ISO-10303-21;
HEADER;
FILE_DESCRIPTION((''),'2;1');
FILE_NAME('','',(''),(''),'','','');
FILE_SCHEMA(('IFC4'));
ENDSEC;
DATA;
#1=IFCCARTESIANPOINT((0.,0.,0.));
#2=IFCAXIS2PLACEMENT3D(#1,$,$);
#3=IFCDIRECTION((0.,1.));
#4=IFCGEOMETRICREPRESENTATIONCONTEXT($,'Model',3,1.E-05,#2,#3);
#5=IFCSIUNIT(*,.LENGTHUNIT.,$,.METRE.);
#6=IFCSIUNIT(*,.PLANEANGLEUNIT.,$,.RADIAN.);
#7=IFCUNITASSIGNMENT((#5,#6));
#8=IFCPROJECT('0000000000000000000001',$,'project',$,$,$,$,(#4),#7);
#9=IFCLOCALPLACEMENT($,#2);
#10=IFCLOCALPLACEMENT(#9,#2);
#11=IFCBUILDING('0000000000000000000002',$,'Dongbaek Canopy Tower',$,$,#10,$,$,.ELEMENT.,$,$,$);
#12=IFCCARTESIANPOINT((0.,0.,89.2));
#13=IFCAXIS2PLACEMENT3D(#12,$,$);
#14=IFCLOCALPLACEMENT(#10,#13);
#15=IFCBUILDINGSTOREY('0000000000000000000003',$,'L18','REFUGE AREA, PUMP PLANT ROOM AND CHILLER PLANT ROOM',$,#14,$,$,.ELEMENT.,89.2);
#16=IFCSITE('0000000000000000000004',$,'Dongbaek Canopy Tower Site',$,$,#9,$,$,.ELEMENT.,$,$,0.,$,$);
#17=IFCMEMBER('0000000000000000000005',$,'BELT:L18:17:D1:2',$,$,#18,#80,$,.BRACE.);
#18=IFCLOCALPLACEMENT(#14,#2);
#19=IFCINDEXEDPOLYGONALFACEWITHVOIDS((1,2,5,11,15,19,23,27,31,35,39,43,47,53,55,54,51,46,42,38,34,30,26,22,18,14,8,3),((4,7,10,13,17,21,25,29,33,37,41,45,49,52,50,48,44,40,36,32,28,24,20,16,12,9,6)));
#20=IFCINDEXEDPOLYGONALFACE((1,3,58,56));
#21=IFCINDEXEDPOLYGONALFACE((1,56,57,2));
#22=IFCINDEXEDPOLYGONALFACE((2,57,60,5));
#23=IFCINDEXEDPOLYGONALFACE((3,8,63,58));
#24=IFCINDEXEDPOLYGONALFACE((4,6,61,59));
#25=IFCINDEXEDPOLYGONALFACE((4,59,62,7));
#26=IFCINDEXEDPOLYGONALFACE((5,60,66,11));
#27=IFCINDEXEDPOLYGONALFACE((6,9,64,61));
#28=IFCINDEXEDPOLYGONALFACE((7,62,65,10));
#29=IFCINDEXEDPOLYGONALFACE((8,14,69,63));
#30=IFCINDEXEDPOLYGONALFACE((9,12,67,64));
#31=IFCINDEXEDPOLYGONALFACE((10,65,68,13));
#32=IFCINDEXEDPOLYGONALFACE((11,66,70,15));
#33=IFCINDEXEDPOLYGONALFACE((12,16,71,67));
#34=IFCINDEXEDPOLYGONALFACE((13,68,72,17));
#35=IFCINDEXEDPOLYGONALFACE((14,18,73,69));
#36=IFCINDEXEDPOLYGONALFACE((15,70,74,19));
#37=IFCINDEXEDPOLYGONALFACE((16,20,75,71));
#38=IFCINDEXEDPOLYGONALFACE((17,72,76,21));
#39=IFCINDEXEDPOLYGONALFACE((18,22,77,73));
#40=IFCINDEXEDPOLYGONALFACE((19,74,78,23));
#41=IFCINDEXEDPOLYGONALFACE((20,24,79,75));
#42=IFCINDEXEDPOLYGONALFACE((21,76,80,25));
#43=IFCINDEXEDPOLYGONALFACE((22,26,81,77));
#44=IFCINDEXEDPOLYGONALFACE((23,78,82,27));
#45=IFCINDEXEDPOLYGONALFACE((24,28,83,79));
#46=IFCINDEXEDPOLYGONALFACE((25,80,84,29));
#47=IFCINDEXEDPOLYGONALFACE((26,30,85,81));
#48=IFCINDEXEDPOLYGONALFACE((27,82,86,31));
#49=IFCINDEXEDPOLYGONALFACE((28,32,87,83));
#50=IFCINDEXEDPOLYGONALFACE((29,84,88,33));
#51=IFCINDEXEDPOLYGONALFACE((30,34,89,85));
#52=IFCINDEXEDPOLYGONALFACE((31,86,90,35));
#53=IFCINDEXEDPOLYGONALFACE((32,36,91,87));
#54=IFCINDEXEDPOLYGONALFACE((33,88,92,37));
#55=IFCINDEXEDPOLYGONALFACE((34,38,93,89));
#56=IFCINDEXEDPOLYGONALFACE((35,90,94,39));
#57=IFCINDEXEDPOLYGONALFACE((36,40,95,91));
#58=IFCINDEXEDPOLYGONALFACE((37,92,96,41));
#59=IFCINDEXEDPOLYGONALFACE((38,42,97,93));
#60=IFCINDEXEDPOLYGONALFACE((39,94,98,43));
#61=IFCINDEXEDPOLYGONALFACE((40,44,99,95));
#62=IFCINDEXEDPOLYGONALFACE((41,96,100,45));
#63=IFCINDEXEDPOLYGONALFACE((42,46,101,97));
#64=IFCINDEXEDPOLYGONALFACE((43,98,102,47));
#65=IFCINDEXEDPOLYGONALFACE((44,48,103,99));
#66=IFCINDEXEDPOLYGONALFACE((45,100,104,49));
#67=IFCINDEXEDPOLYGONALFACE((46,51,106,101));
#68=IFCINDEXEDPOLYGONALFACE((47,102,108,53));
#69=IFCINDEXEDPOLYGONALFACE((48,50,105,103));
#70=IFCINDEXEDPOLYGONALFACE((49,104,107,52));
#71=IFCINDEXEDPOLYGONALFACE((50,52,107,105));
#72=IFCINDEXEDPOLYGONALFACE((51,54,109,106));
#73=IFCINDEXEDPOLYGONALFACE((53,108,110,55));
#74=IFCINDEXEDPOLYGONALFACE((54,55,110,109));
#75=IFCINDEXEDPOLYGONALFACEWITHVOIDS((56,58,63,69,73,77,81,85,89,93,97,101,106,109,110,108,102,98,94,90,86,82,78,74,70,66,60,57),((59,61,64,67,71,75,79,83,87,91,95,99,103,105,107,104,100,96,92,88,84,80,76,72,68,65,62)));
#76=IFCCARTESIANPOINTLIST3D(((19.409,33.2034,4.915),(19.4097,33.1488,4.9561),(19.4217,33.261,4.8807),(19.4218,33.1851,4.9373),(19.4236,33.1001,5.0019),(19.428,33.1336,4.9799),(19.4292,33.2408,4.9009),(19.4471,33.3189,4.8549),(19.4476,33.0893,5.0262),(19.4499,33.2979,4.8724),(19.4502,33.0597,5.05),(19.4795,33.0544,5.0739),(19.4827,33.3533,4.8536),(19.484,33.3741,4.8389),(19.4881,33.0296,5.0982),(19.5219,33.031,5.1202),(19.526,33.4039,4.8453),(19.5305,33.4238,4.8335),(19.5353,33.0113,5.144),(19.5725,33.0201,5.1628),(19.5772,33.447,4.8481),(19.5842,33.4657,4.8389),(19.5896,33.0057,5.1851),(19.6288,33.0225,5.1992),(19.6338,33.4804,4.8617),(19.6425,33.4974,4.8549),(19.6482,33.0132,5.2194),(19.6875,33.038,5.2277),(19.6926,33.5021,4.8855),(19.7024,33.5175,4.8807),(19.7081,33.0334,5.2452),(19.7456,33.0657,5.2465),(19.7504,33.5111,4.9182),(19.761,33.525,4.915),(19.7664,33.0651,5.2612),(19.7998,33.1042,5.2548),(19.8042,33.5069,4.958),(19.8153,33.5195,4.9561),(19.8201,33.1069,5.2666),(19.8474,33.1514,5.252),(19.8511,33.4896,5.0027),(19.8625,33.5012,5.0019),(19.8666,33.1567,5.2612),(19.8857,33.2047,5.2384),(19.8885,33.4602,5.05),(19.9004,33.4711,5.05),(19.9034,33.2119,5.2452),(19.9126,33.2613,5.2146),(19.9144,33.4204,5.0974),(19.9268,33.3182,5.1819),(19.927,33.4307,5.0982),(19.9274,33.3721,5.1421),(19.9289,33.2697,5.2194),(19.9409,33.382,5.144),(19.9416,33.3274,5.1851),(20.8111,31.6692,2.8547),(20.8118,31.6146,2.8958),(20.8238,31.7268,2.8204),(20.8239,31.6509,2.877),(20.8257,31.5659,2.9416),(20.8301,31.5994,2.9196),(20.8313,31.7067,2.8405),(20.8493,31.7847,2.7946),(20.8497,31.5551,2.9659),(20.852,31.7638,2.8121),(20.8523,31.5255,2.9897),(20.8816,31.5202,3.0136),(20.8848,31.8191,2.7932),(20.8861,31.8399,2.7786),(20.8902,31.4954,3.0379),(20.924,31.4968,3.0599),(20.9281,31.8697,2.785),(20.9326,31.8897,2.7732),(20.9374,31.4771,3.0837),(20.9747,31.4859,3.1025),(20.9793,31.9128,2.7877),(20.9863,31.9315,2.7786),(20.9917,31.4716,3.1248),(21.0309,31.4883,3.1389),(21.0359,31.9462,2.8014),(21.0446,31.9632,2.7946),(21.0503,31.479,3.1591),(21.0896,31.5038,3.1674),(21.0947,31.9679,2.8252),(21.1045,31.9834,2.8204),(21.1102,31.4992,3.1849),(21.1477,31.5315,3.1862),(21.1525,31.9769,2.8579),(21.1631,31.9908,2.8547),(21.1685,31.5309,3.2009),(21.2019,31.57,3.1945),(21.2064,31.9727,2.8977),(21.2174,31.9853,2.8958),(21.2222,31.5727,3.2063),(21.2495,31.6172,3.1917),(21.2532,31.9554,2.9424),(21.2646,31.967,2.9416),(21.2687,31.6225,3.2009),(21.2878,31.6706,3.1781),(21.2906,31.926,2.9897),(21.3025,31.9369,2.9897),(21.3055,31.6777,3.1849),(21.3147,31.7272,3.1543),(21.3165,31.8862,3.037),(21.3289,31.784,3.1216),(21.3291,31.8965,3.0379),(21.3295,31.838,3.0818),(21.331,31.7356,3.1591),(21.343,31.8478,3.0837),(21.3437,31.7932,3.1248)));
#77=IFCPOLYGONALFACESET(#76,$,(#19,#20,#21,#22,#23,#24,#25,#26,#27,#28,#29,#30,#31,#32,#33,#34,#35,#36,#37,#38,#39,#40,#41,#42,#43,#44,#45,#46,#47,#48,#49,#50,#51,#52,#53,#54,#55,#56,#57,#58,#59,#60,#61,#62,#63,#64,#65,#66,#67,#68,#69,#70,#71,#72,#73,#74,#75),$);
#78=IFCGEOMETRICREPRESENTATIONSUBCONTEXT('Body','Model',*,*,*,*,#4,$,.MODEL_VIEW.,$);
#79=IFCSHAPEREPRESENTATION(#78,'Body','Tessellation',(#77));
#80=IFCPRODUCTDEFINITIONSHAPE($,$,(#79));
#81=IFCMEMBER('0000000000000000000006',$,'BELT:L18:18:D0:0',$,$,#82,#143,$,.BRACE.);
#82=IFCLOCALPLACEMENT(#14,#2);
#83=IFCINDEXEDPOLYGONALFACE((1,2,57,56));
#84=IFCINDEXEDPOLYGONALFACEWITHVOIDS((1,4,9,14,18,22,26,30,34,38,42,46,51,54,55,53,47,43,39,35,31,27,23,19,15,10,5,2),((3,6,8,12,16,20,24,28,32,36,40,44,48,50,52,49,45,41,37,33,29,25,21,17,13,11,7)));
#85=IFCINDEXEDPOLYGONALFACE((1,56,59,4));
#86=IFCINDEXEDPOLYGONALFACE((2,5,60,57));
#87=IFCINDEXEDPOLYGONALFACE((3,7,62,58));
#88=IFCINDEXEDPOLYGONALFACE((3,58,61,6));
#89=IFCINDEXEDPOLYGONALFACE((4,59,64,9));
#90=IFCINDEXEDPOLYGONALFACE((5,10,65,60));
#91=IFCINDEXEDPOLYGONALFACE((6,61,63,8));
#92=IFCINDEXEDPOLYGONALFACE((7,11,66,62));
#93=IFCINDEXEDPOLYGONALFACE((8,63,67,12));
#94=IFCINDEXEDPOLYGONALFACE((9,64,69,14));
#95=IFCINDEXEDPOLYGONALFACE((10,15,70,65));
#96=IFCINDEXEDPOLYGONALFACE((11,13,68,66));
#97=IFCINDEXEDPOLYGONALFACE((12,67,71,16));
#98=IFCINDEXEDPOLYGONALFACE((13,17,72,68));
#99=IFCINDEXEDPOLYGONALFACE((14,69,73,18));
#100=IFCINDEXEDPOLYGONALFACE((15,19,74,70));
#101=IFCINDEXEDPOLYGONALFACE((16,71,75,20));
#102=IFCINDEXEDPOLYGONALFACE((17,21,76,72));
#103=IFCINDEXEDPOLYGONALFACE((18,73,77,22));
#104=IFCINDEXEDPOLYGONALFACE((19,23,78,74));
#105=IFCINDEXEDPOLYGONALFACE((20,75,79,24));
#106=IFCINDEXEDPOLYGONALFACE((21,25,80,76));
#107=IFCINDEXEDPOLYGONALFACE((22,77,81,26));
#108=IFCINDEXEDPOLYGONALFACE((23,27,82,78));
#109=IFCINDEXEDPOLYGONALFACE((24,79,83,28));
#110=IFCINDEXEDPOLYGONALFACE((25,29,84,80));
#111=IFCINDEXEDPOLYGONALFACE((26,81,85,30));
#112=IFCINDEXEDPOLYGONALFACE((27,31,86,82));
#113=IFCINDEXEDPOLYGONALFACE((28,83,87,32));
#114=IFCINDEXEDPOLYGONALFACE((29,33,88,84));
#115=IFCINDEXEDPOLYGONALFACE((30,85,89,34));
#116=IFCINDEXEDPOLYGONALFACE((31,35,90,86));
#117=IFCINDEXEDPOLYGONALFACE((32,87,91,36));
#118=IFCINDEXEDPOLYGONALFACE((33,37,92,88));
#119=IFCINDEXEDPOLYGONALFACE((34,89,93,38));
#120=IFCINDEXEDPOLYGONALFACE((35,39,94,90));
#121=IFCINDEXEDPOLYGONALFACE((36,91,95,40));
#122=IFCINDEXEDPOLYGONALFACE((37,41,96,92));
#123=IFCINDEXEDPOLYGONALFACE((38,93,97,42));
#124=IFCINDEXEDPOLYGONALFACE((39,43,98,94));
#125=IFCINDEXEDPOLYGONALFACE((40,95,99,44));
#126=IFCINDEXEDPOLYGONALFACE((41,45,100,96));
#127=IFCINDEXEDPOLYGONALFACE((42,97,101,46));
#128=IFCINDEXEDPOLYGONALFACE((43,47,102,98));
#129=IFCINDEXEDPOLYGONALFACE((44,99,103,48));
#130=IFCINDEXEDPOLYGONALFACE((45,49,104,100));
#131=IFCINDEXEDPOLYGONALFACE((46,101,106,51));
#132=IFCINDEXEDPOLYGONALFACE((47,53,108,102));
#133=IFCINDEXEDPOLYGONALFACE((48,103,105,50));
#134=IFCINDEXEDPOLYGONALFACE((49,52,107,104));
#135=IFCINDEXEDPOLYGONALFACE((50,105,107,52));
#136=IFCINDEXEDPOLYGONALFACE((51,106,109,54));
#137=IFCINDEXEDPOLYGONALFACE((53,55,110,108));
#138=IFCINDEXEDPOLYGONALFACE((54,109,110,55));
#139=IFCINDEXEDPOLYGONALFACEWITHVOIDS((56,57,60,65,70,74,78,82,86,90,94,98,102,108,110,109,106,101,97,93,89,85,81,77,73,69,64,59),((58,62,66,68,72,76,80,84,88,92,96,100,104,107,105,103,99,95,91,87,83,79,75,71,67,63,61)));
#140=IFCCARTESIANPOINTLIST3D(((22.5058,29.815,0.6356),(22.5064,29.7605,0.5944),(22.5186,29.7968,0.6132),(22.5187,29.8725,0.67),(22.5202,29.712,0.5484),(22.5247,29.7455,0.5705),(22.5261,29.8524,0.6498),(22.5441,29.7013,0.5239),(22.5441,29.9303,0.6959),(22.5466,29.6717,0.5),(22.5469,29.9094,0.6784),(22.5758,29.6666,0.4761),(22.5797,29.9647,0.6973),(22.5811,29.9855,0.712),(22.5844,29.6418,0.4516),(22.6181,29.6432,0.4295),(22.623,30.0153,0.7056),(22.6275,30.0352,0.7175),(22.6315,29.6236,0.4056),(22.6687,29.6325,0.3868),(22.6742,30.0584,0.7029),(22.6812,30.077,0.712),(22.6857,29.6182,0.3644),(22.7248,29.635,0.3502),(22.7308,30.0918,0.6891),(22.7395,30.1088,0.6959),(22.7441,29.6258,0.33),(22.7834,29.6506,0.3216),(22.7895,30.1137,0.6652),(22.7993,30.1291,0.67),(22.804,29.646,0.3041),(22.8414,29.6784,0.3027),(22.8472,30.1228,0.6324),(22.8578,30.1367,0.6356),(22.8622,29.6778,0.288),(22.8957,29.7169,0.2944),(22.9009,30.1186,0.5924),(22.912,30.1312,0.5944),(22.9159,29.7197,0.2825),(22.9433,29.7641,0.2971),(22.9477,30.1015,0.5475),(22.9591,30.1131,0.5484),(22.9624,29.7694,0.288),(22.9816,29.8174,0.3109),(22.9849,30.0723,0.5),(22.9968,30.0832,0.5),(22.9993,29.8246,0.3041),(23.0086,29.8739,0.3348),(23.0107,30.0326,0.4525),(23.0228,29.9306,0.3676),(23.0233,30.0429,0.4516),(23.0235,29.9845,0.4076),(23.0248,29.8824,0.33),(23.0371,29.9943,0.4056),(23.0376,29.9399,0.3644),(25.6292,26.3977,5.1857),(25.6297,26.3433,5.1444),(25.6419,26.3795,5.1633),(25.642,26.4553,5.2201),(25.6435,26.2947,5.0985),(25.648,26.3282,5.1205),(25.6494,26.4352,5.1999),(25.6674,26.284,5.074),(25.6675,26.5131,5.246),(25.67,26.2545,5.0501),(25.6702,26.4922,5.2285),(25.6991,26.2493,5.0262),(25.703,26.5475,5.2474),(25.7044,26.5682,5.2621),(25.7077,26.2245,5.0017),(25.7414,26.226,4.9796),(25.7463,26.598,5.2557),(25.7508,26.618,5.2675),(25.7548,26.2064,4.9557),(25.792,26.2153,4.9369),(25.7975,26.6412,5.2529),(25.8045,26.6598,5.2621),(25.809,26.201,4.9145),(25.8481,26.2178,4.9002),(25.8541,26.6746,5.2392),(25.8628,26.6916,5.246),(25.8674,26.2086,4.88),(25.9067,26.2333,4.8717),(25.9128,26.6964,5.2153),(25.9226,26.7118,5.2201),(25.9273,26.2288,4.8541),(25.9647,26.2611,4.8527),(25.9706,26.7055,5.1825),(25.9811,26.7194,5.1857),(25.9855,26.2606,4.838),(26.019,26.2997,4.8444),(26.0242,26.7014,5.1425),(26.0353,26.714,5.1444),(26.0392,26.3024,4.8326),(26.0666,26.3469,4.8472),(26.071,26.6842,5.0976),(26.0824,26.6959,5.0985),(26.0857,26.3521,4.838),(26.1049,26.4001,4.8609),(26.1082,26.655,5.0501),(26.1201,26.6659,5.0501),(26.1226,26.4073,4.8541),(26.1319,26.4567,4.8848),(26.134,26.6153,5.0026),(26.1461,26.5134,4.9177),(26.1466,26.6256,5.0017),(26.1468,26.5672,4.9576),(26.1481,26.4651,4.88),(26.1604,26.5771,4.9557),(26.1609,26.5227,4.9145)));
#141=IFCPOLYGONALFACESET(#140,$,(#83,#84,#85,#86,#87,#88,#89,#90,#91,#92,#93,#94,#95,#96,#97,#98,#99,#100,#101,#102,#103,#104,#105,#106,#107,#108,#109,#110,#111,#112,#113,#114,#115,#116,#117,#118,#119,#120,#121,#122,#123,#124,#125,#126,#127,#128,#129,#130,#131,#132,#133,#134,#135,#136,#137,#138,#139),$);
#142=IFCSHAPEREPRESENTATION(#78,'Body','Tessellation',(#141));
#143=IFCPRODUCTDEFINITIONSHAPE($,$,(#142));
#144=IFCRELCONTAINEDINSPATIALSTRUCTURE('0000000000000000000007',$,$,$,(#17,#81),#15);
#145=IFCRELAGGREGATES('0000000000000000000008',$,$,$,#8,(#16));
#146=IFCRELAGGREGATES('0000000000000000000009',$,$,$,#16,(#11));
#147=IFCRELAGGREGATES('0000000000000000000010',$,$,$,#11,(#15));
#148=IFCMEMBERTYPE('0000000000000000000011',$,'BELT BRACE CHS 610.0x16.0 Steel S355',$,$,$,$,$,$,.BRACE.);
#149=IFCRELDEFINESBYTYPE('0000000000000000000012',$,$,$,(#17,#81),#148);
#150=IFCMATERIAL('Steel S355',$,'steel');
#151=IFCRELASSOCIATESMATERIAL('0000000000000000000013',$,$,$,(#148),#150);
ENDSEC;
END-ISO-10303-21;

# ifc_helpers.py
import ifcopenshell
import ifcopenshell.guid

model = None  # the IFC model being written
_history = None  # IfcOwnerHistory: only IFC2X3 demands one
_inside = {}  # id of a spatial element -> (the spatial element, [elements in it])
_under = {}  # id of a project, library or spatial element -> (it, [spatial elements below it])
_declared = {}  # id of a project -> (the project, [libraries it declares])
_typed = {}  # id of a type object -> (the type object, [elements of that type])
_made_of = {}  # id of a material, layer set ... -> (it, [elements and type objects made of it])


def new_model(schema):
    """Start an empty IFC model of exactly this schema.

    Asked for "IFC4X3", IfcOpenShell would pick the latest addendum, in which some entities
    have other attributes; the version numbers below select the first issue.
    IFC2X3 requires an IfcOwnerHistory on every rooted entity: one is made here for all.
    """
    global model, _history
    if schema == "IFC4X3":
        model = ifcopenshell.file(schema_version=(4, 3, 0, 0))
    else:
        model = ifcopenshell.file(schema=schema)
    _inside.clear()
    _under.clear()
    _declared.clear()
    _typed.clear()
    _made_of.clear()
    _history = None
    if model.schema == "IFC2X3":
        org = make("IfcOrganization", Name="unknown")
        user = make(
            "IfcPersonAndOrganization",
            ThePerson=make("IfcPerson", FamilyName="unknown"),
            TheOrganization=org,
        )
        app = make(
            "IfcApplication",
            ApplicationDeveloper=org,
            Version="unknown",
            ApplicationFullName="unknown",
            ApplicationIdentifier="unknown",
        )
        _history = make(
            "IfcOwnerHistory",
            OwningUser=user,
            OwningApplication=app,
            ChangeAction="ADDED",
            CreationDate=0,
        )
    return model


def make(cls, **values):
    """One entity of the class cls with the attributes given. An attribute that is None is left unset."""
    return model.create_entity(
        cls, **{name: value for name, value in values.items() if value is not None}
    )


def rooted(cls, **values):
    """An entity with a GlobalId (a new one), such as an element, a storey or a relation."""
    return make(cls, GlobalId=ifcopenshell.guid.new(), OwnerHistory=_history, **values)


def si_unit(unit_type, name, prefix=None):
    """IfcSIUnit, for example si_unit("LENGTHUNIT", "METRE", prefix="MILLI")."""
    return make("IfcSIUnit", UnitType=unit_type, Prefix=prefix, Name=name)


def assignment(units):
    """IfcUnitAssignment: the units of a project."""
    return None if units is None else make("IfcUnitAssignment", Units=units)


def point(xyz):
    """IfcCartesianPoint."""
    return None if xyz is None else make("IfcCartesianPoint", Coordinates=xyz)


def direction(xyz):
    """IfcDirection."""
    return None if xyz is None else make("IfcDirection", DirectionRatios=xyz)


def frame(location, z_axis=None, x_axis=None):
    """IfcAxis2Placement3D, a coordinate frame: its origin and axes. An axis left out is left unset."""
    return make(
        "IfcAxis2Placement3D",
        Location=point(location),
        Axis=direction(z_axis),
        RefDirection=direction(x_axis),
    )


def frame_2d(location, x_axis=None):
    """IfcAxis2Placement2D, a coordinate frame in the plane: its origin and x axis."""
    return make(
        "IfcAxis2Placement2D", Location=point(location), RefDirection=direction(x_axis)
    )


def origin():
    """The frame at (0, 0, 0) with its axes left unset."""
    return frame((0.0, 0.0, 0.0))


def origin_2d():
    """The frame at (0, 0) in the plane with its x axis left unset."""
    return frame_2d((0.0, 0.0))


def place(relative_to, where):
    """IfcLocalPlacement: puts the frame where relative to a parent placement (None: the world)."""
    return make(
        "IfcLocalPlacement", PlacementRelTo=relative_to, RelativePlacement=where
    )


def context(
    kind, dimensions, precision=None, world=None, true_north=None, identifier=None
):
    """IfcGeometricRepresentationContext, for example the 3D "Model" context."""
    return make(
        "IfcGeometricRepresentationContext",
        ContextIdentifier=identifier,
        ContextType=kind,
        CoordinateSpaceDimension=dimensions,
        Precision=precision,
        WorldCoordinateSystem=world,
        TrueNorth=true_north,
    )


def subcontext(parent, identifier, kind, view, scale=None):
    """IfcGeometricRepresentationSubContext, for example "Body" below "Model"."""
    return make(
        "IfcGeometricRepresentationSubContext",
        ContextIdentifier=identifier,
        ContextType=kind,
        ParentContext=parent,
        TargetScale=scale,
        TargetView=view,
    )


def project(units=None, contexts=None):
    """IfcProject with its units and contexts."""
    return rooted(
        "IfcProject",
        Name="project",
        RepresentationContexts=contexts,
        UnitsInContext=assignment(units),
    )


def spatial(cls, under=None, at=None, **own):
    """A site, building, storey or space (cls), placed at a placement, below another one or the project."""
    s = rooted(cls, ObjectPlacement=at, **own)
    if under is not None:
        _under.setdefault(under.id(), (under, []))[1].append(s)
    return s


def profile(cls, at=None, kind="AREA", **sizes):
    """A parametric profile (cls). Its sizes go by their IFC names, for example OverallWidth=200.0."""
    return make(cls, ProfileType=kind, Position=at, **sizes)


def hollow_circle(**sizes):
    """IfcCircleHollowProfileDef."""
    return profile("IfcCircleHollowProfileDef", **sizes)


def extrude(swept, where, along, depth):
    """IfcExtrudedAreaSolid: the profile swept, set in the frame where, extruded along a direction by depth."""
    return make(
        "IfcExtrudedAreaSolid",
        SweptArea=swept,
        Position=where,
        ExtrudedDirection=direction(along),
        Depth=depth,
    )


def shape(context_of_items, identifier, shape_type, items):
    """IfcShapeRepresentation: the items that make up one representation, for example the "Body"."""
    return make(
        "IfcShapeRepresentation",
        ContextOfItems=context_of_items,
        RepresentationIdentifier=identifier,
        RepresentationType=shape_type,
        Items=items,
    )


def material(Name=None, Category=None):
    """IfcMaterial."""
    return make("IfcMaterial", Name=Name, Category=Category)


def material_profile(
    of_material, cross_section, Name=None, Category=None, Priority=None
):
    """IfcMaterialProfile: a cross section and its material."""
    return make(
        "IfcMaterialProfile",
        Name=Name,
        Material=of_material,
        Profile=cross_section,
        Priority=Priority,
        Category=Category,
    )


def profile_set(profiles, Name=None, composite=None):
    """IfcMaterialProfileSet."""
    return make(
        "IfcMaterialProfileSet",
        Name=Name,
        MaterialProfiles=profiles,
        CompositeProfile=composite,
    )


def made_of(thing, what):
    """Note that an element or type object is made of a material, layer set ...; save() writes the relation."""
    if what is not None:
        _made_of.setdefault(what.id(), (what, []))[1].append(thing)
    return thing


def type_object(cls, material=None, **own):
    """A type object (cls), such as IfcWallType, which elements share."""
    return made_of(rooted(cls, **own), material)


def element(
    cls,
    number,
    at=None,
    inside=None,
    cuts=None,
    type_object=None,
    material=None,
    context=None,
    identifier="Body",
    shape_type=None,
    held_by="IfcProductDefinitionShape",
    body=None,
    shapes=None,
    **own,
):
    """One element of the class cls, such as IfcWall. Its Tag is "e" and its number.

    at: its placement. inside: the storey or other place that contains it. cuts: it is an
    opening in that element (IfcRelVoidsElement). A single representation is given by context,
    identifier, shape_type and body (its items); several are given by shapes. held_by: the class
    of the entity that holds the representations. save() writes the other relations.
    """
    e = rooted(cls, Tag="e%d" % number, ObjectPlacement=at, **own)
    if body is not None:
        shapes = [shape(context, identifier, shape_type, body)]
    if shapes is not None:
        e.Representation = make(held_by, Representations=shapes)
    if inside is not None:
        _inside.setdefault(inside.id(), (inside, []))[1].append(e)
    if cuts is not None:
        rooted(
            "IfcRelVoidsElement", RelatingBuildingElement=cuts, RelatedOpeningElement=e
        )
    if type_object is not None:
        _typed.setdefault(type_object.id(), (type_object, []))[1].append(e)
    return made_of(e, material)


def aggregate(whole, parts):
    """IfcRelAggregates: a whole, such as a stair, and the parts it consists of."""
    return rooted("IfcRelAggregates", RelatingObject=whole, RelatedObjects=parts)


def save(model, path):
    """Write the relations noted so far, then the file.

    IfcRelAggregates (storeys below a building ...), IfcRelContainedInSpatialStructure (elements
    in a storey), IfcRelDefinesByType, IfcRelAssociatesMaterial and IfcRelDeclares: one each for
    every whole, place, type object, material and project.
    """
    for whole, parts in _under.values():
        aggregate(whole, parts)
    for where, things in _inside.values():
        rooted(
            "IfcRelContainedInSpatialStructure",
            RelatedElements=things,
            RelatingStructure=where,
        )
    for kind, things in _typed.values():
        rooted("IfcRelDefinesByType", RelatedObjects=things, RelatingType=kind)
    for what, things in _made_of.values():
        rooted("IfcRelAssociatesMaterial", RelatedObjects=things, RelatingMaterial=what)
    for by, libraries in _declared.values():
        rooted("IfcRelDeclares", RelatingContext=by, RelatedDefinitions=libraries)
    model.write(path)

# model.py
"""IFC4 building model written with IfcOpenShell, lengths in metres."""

from ifc_helpers import new_model, si_unit, direction, frame, origin, origin_2d, place, context, subcontext, project, spatial, hollow_circle, extrude, material, material_profile, profile_set, type_object, element, save


model = new_model("IFC4")

# Units and contexts
model_context = context("Model", 3, precision=1e-05, world=origin(), true_north=direction((0.0, 1.0)))
body_context = subcontext(model_context, "Body", "Model", "MODEL_VIEW")
ifc_project = project(units=[si_unit("LENGTHUNIT", "METRE"), si_unit("PLANEANGLEUNIT", "RADIAN")], contexts=[model_context])

# Site, building, storey
site_placement = place(None, origin())
site = spatial("IfcSite", under=ifc_project, at=site_placement, Name="Dongbaek Canopy Tower Site", CompositionType="ELEMENT", RefElevation=0.0)
building_placement = place(site_placement, origin())
building = spatial("IfcBuilding", under=site, at=building_placement, Name="Dongbaek Canopy Tower", CompositionType="ELEMENT")
storey_placement = place(building_placement, frame((0.0, 0.0, 89.2)))
storey = spatial("IfcBuildingStorey", under=building, at=storey_placement, Name="L18", Description="REFUGE AREA, PUMP PLANT ROOM AND CHILLER PLANT ROOM", CompositionType="ELEMENT", Elevation=89.2)

# Members
ifc_material_1 = material(Name="Steel S355", Category="steel")
ifc_material_profile_1 = material_profile(ifc_material_1, hollow_circle(Radius=0.3049, WallThickness=0.0161, at=origin_2d()), Name="BELT BRACE CHS 610.0x16.0 Steel S355")
ifc_profile_set_1 = profile_set([ifc_material_profile_1], Name="Steel S355")
member_type_1 = type_object("IfcMemberType", Name="BELT BRACE CHS 610.0x16.0 Steel S355", PredefinedType="BRACE", material=ifc_profile_set_1)
for number, where, z_axis, x_axis, name in (
    (1, (19.6753, 33.2654, 5.05), (0.479104, -0.524236, -0.704015), (0.738168, 0.674617, 0.0), "BELT:L18:17:D1:2"),
):
    element("IfcMember", number, at=place(storey_placement, frame(where, z_axis=z_axis, x_axis=x_axis)), inside=storey, type_object=member_type_1, Name=name, PredefinedType="BRACE", context=body_context, shape_type="SweptSolid", body=[
        extrude(hollow_circle(Radius=0.3049, WallThickness=0.0161, at=origin_2d()), origin(), (0.0, 0.0, 1.0), 2.9265),
    ])
member_1_placement = place(storey_placement, frame((22.7717, 29.8774, 0.5), z_axis=(0.481159, -0.526443, 0.700959), x_axis=(0.738141, 0.674647, 0.0)))
element("IfcMember", 2, at=member_1_placement, inside=storey, type_object=member_type_1, Name="BELT:L18:18:D0:0", PredefinedType="BRACE", context=body_context, shape_type="SweptSolid", body=[
    extrude(hollow_circle(Radius=0.3049, WallThickness=0.0161, at=origin_2d()), origin(), (0.0, 0.0, 1.0), 6.4912),
])

save(model, "model.ifc")
